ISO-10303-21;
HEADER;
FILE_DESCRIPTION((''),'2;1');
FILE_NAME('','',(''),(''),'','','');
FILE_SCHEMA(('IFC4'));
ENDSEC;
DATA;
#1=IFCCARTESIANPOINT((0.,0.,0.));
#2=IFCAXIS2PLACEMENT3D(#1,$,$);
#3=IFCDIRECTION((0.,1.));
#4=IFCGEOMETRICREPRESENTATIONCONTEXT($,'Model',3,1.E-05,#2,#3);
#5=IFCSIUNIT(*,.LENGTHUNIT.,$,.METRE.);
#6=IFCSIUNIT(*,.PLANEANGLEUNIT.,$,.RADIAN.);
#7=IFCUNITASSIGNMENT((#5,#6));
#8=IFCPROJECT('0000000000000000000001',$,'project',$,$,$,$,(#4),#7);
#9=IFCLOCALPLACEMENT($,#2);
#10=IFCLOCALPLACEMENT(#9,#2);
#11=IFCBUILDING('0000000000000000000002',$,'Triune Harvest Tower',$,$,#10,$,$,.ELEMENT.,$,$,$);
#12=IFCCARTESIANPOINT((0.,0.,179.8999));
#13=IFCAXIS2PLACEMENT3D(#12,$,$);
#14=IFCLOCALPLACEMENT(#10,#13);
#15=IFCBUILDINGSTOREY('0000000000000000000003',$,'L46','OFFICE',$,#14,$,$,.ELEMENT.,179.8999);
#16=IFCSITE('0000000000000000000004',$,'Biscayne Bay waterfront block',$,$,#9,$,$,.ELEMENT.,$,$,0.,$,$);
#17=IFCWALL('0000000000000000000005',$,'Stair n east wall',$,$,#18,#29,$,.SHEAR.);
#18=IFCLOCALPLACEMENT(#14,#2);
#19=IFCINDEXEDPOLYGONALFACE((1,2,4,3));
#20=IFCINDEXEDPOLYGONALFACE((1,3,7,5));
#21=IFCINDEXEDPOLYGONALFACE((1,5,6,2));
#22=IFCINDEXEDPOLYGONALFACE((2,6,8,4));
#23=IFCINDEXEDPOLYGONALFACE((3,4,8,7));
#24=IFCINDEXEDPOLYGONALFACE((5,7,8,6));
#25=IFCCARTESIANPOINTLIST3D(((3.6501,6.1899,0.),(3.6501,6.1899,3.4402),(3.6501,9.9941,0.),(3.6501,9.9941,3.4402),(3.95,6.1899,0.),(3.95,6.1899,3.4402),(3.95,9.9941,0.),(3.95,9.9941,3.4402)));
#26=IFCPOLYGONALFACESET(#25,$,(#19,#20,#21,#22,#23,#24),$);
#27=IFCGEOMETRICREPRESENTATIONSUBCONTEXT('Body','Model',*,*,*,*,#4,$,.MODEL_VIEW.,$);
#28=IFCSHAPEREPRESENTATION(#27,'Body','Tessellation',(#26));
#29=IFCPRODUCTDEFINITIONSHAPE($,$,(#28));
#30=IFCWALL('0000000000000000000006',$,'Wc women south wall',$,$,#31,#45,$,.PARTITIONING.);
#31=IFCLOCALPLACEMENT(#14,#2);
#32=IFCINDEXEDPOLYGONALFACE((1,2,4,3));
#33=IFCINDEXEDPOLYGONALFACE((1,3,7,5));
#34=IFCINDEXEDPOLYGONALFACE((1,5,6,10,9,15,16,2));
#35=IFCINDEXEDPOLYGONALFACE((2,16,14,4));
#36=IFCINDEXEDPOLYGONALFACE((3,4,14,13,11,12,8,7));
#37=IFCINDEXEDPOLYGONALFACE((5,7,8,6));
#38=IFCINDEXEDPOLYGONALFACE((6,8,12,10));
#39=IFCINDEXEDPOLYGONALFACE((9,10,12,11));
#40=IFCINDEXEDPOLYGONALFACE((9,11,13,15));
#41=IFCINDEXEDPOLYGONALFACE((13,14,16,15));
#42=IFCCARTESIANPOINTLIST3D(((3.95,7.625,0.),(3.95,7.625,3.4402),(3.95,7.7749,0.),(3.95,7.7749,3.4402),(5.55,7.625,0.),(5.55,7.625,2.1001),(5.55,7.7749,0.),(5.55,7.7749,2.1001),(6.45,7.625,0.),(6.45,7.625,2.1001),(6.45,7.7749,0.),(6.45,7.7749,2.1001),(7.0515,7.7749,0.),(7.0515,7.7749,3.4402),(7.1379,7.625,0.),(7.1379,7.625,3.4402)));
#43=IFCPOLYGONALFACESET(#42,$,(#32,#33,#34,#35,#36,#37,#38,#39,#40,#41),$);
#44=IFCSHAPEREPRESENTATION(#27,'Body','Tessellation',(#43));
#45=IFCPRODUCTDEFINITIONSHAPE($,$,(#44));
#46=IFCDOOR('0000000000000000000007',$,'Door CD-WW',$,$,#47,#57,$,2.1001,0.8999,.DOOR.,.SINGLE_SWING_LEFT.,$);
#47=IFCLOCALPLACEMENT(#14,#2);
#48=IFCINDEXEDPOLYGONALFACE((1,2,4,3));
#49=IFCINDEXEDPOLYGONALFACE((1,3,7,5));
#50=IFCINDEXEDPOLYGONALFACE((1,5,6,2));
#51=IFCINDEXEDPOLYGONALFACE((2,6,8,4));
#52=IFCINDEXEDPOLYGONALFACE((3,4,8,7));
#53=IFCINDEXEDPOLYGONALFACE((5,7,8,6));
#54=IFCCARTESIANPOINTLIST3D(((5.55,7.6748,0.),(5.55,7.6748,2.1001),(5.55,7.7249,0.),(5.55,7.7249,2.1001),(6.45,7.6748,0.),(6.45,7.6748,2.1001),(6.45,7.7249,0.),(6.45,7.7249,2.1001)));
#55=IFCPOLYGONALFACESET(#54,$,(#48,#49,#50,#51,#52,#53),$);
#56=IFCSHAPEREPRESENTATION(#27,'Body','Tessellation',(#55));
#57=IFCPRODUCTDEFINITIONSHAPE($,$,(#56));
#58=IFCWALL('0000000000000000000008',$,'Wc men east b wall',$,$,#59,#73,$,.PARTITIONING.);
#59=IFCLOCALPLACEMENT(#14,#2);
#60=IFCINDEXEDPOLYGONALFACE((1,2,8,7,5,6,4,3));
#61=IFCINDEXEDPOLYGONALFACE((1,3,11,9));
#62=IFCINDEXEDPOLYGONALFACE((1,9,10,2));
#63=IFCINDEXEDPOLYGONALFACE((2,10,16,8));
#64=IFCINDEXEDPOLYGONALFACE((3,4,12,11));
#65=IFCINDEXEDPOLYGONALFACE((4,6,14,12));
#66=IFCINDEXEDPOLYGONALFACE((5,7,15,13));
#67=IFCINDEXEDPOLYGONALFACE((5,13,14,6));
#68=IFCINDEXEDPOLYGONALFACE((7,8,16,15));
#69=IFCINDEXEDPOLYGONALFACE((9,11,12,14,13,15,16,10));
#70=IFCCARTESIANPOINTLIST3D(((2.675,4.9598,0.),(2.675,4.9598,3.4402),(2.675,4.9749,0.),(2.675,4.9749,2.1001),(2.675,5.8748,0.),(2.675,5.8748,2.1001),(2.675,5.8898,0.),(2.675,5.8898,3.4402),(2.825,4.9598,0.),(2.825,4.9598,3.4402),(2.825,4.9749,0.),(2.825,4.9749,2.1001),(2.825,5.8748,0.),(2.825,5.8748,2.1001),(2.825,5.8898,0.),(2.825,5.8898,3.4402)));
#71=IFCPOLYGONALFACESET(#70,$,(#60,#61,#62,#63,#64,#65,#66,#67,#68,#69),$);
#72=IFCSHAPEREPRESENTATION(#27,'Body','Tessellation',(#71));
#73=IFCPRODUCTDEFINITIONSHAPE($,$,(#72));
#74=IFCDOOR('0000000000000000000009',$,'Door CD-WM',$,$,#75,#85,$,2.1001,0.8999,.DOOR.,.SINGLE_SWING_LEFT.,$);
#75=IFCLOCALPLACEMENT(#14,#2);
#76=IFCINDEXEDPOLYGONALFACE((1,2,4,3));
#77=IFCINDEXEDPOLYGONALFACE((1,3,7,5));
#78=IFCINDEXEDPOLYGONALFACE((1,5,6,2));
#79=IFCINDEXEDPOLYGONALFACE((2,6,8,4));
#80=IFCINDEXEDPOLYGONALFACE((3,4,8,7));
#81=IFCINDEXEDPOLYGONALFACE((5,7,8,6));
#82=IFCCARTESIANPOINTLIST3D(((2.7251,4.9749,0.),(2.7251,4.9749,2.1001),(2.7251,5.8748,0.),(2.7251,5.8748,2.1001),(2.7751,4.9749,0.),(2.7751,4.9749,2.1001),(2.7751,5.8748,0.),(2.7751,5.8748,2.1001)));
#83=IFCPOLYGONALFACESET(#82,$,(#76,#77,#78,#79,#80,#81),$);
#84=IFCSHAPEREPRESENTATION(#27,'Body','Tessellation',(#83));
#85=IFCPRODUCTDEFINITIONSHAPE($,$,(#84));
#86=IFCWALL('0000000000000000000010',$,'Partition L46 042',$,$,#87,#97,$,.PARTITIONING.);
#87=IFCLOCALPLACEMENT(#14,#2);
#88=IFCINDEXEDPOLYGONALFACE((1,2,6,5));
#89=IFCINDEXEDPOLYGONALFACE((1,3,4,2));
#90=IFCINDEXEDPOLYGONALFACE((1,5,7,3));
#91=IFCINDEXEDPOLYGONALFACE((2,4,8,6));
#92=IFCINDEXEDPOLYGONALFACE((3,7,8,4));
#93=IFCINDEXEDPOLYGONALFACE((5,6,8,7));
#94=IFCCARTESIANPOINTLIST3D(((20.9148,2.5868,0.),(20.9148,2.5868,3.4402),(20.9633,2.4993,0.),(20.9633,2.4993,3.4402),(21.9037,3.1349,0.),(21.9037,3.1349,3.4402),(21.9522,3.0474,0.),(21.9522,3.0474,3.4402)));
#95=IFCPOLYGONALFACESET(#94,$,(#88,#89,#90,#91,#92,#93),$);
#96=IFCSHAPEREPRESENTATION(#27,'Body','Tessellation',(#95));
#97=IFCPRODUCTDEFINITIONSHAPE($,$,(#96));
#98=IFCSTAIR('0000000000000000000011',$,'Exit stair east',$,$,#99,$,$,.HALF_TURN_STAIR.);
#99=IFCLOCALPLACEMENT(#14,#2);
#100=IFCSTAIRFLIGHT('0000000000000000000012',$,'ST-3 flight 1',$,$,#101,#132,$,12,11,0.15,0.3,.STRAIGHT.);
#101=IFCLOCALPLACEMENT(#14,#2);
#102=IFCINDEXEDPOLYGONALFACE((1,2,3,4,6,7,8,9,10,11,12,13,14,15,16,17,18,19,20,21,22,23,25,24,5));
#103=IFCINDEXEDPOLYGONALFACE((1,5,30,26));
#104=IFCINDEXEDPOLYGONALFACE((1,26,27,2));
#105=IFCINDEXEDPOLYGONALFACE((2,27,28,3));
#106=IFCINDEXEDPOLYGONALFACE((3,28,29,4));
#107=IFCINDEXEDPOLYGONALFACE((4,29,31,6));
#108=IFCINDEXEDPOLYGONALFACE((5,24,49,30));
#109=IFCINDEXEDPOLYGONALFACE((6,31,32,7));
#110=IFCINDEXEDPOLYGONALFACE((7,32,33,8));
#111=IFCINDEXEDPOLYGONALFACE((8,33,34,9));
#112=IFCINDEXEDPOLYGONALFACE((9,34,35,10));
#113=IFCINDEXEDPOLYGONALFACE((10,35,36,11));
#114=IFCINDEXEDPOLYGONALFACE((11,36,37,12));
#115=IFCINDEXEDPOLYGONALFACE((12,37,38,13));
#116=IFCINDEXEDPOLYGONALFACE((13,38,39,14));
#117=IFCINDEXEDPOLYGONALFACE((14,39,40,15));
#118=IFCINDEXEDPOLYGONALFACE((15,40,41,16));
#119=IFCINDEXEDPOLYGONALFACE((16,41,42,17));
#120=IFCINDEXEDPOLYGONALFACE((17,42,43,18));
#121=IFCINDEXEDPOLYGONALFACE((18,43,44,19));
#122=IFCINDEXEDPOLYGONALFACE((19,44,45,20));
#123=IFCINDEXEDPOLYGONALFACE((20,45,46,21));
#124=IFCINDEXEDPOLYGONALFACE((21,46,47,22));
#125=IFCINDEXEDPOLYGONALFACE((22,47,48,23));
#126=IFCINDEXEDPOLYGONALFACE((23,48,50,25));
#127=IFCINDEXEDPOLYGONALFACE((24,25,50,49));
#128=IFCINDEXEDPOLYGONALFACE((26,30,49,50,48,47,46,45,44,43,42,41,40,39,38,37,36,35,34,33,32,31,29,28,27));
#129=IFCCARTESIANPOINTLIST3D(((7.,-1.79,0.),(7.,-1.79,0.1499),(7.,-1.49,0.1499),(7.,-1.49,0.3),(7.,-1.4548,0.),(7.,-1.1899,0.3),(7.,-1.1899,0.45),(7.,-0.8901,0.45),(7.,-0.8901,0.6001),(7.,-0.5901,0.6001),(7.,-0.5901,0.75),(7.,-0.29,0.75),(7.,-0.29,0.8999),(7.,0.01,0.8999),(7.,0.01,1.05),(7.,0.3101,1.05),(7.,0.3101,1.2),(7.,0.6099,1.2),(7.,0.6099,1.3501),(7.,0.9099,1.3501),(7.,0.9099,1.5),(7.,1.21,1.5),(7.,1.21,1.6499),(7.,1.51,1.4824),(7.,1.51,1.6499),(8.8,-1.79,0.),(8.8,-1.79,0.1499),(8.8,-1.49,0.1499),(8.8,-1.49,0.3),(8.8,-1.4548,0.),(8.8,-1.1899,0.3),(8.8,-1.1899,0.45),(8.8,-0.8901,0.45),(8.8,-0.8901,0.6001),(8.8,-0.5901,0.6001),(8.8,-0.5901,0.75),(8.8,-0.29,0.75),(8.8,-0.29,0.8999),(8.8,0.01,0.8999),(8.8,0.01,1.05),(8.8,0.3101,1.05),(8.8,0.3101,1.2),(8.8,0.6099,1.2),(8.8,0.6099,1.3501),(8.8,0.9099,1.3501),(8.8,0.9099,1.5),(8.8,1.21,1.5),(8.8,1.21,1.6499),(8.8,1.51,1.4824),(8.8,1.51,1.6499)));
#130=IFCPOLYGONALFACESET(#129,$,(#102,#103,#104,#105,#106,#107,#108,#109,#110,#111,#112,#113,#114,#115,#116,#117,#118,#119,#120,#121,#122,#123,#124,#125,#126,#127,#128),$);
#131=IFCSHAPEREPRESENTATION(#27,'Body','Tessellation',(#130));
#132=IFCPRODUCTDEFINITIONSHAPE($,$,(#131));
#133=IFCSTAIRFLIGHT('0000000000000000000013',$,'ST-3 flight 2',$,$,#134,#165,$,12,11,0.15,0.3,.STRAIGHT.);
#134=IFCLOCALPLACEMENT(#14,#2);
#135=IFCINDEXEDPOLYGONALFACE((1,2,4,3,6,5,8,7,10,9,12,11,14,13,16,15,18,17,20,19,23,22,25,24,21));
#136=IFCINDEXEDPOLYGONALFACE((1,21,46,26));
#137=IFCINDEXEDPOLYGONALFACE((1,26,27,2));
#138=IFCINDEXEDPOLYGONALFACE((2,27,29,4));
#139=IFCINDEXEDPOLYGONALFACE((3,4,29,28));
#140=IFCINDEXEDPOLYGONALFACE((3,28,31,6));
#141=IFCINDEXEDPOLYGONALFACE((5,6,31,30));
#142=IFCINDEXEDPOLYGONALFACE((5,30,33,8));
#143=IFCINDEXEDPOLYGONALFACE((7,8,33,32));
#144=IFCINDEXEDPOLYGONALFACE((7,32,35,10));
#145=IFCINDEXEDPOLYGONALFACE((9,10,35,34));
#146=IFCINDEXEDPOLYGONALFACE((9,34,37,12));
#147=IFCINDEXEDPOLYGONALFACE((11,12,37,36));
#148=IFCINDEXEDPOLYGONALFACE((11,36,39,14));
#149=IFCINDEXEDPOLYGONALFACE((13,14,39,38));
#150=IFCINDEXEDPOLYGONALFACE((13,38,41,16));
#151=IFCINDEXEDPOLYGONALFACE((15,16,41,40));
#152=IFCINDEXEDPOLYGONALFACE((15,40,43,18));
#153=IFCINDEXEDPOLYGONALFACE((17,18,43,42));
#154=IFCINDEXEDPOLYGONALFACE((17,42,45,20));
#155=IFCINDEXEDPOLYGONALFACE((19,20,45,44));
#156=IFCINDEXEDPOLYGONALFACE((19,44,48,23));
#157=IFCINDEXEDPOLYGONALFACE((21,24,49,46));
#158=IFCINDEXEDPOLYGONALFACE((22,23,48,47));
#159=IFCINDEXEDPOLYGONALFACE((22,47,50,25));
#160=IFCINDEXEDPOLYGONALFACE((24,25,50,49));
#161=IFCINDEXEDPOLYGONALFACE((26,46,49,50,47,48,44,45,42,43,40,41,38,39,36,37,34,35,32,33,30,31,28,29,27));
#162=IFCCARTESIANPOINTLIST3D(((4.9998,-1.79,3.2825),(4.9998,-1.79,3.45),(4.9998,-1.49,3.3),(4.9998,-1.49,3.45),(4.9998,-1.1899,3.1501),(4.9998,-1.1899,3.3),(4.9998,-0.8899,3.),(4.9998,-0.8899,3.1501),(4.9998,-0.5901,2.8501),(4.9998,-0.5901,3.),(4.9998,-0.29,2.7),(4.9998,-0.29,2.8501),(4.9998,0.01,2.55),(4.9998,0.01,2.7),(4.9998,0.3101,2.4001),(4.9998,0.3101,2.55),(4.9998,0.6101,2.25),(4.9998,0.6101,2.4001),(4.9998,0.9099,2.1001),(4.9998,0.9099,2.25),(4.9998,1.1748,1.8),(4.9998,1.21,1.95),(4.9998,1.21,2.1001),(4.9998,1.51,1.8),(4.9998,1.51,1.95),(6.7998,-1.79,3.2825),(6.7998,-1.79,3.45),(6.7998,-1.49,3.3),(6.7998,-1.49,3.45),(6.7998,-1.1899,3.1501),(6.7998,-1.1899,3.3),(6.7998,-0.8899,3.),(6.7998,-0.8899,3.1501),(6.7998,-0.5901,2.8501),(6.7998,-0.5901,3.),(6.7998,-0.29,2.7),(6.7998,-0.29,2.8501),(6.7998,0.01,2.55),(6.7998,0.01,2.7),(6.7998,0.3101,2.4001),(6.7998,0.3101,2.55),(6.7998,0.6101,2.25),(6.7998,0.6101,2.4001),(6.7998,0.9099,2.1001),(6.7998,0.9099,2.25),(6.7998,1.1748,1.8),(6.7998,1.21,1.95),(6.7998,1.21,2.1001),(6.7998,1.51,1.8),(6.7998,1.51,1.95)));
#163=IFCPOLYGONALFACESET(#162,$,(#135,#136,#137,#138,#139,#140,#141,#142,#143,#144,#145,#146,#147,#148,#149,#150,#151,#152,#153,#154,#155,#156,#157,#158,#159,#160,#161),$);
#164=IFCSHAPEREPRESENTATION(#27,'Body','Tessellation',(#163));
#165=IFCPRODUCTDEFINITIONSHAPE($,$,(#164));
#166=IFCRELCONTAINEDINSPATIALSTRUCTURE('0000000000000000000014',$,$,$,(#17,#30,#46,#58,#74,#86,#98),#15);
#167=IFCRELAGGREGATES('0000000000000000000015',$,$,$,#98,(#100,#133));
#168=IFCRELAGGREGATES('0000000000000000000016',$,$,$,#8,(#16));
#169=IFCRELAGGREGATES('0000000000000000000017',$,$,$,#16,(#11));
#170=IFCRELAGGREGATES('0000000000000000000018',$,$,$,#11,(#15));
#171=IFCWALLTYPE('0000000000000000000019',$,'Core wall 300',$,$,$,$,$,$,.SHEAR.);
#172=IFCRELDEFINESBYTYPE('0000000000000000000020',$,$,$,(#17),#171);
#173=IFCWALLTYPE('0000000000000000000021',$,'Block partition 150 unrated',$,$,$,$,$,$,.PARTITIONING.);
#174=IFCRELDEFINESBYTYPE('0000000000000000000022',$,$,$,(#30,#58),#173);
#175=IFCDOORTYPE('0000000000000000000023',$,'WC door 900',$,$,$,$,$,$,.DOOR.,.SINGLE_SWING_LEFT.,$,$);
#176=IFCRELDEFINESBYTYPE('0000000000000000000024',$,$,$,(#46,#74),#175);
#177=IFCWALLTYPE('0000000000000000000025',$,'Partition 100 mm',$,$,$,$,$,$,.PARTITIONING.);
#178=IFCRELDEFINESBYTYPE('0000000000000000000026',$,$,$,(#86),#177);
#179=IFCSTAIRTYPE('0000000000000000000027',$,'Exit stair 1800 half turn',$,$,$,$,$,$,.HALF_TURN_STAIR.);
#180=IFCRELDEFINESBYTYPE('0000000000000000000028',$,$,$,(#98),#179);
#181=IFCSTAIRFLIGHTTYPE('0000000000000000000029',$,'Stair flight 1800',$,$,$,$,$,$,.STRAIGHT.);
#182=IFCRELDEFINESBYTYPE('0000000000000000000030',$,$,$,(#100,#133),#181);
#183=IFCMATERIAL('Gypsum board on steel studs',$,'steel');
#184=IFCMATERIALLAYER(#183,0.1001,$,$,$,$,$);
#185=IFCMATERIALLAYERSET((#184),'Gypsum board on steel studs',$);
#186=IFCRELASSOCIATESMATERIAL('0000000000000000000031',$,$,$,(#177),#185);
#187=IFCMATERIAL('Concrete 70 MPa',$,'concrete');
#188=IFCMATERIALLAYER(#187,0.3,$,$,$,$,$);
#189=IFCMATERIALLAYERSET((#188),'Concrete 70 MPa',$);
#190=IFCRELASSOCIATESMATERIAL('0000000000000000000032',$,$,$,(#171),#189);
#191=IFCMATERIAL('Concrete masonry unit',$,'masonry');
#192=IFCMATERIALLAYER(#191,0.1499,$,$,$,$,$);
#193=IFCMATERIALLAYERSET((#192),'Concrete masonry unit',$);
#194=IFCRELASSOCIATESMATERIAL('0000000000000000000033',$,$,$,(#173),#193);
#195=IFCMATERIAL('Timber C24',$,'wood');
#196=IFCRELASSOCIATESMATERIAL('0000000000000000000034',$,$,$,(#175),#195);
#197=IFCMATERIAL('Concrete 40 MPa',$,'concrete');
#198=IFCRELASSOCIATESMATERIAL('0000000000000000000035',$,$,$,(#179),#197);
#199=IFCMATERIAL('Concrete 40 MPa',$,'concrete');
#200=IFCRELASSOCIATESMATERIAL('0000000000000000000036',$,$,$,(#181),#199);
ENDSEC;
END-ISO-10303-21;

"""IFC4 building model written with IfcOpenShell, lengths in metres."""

from ifc_helpers import new_model, si_unit, direction, frame, frame_2d, origin, place, context, subcontext, project, spatial, polyline, rectangle, outline, extrude, source, transform, mapped, material, layer, layer_set, type_object, element, fill, aggregate, save


model = new_model("IFC4")

# Units and contexts
model_context = context("Model", 3, precision=1e-05, world=origin(), true_north=direction((0.0, 1.0)))
body_context = subcontext(model_context, "Body", "Model", "MODEL_VIEW")
ifc_project = project(units=[si_unit("LENGTHUNIT", "METRE"), si_unit("PLANEANGLEUNIT", "RADIAN")], contexts=[model_context])

# Site, building, storey
site_placement = place(None, origin())
site = spatial("IfcSite", under=ifc_project, at=site_placement, Name="Biscayne Bay waterfront block", CompositionType="ELEMENT", RefElevation=0.0)
building_placement = place(site_placement, origin())
building = spatial("IfcBuilding", under=site, at=building_placement, Name="Triune Harvest Tower", CompositionType="ELEMENT")
storey_placement = place(building_placement, frame((0.0, 0.0, 179.8999)))
storey = spatial("IfcBuildingStorey", under=building, at=storey_placement, Name="L46", Description="OFFICE", CompositionType="ELEMENT", Elevation=179.8999)

# Shared definitions
ifc_material_1 = material(Name="Gypsum board on steel studs", Category="steel")
ifc_layer_1 = layer(ifc_material_1, 0.1001)
ifc_layer_set_1 = layer_set([ifc_layer_1], Name="Gypsum board on steel studs")
wall_type_1 = type_object("IfcWallType", Name="Partition 100 mm", PredefinedType="PARTITIONING", material=ifc_layer_set_1)

# Wall
ifc_material_2 = material(Name="Concrete 70 MPa", Category="concrete")
ifc_layer_2 = layer(ifc_material_2, 0.3)
ifc_layer_set_2 = layer_set([ifc_layer_2], Name="Concrete 70 MPa")
wall_type_2 = type_object("IfcWallType", Name="Core wall 300", PredefinedType="SHEAR", material=ifc_layer_set_2)
shared_shape_1 = source(origin(), body_context, "Body", "SweptSolid", [
    extrude(outline(polyline([(0.0, -0.1499), (0.0, 0.1499), (3.8042, 0.1499), (3.8042, -0.1499), (0.0, -0.1499)])), origin(), (0.0, 0.0, 1.0), 3.4402),
])
wall_1_placement = place(storey_placement, frame((3.8, 6.1899, 0.0), z_axis=(0.0, 0.0, 1.0), x_axis=(0.0, 1.0, 0.0)))
element("IfcWall", 1, at=wall_1_placement, inside=storey, type_object=wall_type_2, Name="Stair n east wall", PredefinedType="SHEAR", context=body_context, shape_type="MappedRepresentation", body=[
    mapped(shared_shape_1, transform((0.0, 0.0, 0.0), scale=1.0)),
])

# Walls, openings, doors
ifc_material_3 = material(Name="Concrete masonry unit", Category="masonry")
ifc_layer_3 = layer(ifc_material_3, 0.1499)
ifc_layer_set_3 = layer_set([ifc_layer_3], Name="Concrete masonry unit")
wall_type_3 = type_object("IfcWallType", Name="Block partition 150 unrated", PredefinedType="PARTITIONING", material=ifc_layer_set_3)
shared_shape_2 = source(origin(), body_context, "Body", "SweptSolid", [
    extrude(outline(polyline([(0.0, -0.075), (0.0, 0.075), (3.1016, 0.075), (3.188, -0.075), (0.0, -0.075)])), origin(), (0.0, 0.0, 1.0), 3.4402),
])
wall_2_placement = place(storey_placement, frame((3.95, 7.7, 0.0), z_axis=(0.0, 0.0, 1.0), x_axis=(1.0, 0.0, 0.0)))
wall_2 = element("IfcWall", 2, at=wall_2_placement, inside=storey, type_object=wall_type_3, Name="Wc women south wall", PredefinedType="PARTITIONING", context=body_context, shape_type="MappedRepresentation", body=[
    mapped(shared_shape_2, transform((0.0, 0.0, 0.0), scale=1.0)),
])
opening_1_placement = place(wall_2_placement, frame((1.6001, 0.0, 0.0)))
opening_1 = element("IfcOpeningElement", 3, at=opening_1_placement, cuts=wall_2, PredefinedType="OPENING", context=body_context, shape_type="SweptSolid", body=[
    extrude(rectangle(XDim=0.8999, YDim=2.1001, at=frame_2d((0.45, 1.05))), frame((0.0, 0.085, 0.0), z_axis=(0.0, -1.0, 0.0), x_axis=(1.0, 0.0, 0.0)), (0.0, 0.0, 1.0), 0.1699),
])
ifc_material_4 = material(Name="Timber C24", Category="wood")
door_type_1 = type_object("IfcDoorType", Name="WC door 900", OperationType="SINGLE_SWING_LEFT", PredefinedType="DOOR", material=ifc_material_4)
door_1_placement = place(opening_1_placement, origin())
door_1 = element("IfcDoor", 4, at=door_1_placement, inside=storey, type_object=door_type_1, Name="Door CD-WW", OperationType="SINGLE_SWING_LEFT", OverallHeight=2.1001, OverallWidth=0.8999, PredefinedType="DOOR", context=body_context, shape_type="SweptSolid", body=[
    extrude(rectangle(XDim=0.8999, YDim=2.1001, at=frame_2d((0.45, 1.05))), frame((0.0, 0.0249, 0.0), z_axis=(0.0, -1.0, 0.0), x_axis=(1.0, 0.0, 0.0)), (0.0, 0.0, 1.0), 0.05),
])
fill(opening_1, door_1)
shared_shape_3 = source(origin(), body_context, "Body", "SweptSolid", [
    extrude(rectangle(XDim=0.9299, YDim=0.1499, at=frame_2d((0.4648, 0.0))), origin(), (0.0, 0.0, 1.0), 3.4402),
])
wall_3_placement = place(storey_placement, frame((2.75, 4.96, 0.0), z_axis=(0.0, 0.0, 1.0), x_axis=(0.0, 1.0, 0.0)))
wall_3 = element("IfcWall", 5, at=wall_3_placement, inside=storey, type_object=wall_type_3, Name="Wc men east b wall", PredefinedType="PARTITIONING", context=body_context, shape_type="MappedRepresentation", body=[
    mapped(shared_shape_3, transform((0.0, 0.0, 0.0), scale=1.0)),
])
opening_2_placement = place(wall_3_placement, frame((0.0149, 0.0, 0.0)))
opening_2 = element("IfcOpeningElement", 6, at=opening_2_placement, cuts=wall_3, PredefinedType="OPENING", context=body_context, shape_type="SweptSolid", body=[
    extrude(rectangle(XDim=0.8999, YDim=2.1001, at=frame_2d((0.45, 1.05))), frame((0.0, 0.085, 0.0), z_axis=(0.0, -1.0, 0.0), x_axis=(1.0, 0.0, 0.0)), (0.0, 0.0, 1.0), 0.1699),
])
door_2_placement = place(opening_2_placement, origin())
door_2 = element("IfcDoor", 7, at=door_2_placement, inside=storey, type_object=door_type_1, Name="Door CD-WM", OperationType="SINGLE_SWING_LEFT", OverallHeight=2.1001, OverallWidth=0.8999, PredefinedType="DOOR", context=body_context, shape_type="SweptSolid", body=[
    extrude(rectangle(XDim=0.8999, YDim=2.1001, at=frame_2d((0.45, 1.05))), frame((0.0, 0.0249, 0.0), z_axis=(0.0, -1.0, 0.0), x_axis=(1.0, 0.0, 0.0)), (0.0, 0.0, 1.0), 0.05),
])
fill(opening_2, door_2)

# Wall
shared_shape_4 = source(origin(), body_context, "Body", "SweptSolid", [
    extrude(rectangle(XDim=1.1306, YDim=0.1001, at=frame_2d((0.5654, 0.0))), origin(), (0.0, 0.0, 1.0), 3.4402),
])
wall_4_placement = place(storey_placement, frame((20.939, 2.543, 0.0), z_axis=(0.0, 0.0, 1.0), x_axis=(0.874615, 0.484818, 0.0)))
element("IfcWall", 8, at=wall_4_placement, inside=storey, type_object=wall_type_1, Name="Partition L46 042", PredefinedType="PARTITIONING", context=body_context, shape_type="MappedRepresentation", body=[
    mapped(shared_shape_4, transform((0.0, 0.0, 0.0), scale=1.0)),
])

# Stair, stair flights
ifc_material_5 = material(Name="Concrete 40 MPa", Category="concrete")
stair_type = type_object("IfcStairType", Name="Exit stair 1800 half turn", PredefinedType="HALF_TURN_STAIR", material=ifc_material_5)
stair_placement = place(storey_placement, origin())
stair = element("IfcStair", 9, at=stair_placement, inside=storey, type_object=stair_type, Name="Exit stair east", PredefinedType="HALF_TURN_STAIR")
ifc_material_6 = material(Name="Concrete 40 MPa", Category="concrete")
stair_flight_type = type_object("IfcStairFlightType", Name="Stair flight 1800", PredefinedType="STRAIGHT", material=ifc_material_6)
shared_shape_5 = source(origin(), body_context, "Body", "SweptSolid", [
    extrude(outline(polyline([(0.0, 0.0), (0.0, 0.1499), (0.3, 0.1499), (0.3, 0.3), (0.6001, 0.3), (0.6001, 0.45), (0.8999, 0.45), (0.8999, 0.6001), (1.2, 0.6001), (1.2, 0.75), (1.5, 0.75), (1.5, 0.8999), (1.8, 0.8999), (1.8, 1.05), (2.1001, 1.05), (2.1001, 1.2), (2.3999, 1.2), (2.3999, 1.3501), (2.7, 1.3501), (2.7, 1.5), (3.0, 1.5), (3.0, 1.6499), (3.3, 1.6499), (3.3, 1.8), (3.3, 1.4824), (0.3352, 0.0), (0.0, 0.0)])), frame((0.0, 0.8999, 0.0), z_axis=(0.0, -1.0, 0.0), x_axis=(1.0, 0.0, 0.0)), (0.0, 0.0, 1.0), 1.8),
])
stair_flight_1_placement = place(storey_placement, frame((7.8999, -1.79, 0.0), z_axis=(0.0, 0.0, 1.0), x_axis=(0.0, 1.0, 0.0)))
stair_flight_1 = element("IfcStairFlight", 10, at=stair_flight_1_placement, type_object=stair_flight_type, Name="ST-3 flight 1", NumberOfRisers=12, NumberOfTreads=11, PredefinedType="STRAIGHT", RiserHeight=0.15, TreadLength=0.3, context=body_context, shape_type="MappedRepresentation", body=[
    mapped(shared_shape_5, transform((0.0, 0.0, 0.0), scale=1.0)),
])
stair_flight_2_placement = place(storey_placement, frame((5.8999, 1.51, 1.8), z_axis=(0.0, 0.0, 1.0), x_axis=(0.0, -1.0, 0.0)))
stair_flight_2 = element("IfcStairFlight", 11, at=stair_flight_2_placement, type_object=stair_flight_type, Name="ST-3 flight 2", NumberOfRisers=12, NumberOfTreads=11, PredefinedType="STRAIGHT", RiserHeight=0.15, TreadLength=0.3, context=body_context, shape_type="MappedRepresentation", body=[
    mapped(shared_shape_5, transform((0.0, 0.0, 0.0), scale=1.0)),
])
aggregate(stair, [stair_flight_1, stair_flight_2])

save(model, "model.ifc")
